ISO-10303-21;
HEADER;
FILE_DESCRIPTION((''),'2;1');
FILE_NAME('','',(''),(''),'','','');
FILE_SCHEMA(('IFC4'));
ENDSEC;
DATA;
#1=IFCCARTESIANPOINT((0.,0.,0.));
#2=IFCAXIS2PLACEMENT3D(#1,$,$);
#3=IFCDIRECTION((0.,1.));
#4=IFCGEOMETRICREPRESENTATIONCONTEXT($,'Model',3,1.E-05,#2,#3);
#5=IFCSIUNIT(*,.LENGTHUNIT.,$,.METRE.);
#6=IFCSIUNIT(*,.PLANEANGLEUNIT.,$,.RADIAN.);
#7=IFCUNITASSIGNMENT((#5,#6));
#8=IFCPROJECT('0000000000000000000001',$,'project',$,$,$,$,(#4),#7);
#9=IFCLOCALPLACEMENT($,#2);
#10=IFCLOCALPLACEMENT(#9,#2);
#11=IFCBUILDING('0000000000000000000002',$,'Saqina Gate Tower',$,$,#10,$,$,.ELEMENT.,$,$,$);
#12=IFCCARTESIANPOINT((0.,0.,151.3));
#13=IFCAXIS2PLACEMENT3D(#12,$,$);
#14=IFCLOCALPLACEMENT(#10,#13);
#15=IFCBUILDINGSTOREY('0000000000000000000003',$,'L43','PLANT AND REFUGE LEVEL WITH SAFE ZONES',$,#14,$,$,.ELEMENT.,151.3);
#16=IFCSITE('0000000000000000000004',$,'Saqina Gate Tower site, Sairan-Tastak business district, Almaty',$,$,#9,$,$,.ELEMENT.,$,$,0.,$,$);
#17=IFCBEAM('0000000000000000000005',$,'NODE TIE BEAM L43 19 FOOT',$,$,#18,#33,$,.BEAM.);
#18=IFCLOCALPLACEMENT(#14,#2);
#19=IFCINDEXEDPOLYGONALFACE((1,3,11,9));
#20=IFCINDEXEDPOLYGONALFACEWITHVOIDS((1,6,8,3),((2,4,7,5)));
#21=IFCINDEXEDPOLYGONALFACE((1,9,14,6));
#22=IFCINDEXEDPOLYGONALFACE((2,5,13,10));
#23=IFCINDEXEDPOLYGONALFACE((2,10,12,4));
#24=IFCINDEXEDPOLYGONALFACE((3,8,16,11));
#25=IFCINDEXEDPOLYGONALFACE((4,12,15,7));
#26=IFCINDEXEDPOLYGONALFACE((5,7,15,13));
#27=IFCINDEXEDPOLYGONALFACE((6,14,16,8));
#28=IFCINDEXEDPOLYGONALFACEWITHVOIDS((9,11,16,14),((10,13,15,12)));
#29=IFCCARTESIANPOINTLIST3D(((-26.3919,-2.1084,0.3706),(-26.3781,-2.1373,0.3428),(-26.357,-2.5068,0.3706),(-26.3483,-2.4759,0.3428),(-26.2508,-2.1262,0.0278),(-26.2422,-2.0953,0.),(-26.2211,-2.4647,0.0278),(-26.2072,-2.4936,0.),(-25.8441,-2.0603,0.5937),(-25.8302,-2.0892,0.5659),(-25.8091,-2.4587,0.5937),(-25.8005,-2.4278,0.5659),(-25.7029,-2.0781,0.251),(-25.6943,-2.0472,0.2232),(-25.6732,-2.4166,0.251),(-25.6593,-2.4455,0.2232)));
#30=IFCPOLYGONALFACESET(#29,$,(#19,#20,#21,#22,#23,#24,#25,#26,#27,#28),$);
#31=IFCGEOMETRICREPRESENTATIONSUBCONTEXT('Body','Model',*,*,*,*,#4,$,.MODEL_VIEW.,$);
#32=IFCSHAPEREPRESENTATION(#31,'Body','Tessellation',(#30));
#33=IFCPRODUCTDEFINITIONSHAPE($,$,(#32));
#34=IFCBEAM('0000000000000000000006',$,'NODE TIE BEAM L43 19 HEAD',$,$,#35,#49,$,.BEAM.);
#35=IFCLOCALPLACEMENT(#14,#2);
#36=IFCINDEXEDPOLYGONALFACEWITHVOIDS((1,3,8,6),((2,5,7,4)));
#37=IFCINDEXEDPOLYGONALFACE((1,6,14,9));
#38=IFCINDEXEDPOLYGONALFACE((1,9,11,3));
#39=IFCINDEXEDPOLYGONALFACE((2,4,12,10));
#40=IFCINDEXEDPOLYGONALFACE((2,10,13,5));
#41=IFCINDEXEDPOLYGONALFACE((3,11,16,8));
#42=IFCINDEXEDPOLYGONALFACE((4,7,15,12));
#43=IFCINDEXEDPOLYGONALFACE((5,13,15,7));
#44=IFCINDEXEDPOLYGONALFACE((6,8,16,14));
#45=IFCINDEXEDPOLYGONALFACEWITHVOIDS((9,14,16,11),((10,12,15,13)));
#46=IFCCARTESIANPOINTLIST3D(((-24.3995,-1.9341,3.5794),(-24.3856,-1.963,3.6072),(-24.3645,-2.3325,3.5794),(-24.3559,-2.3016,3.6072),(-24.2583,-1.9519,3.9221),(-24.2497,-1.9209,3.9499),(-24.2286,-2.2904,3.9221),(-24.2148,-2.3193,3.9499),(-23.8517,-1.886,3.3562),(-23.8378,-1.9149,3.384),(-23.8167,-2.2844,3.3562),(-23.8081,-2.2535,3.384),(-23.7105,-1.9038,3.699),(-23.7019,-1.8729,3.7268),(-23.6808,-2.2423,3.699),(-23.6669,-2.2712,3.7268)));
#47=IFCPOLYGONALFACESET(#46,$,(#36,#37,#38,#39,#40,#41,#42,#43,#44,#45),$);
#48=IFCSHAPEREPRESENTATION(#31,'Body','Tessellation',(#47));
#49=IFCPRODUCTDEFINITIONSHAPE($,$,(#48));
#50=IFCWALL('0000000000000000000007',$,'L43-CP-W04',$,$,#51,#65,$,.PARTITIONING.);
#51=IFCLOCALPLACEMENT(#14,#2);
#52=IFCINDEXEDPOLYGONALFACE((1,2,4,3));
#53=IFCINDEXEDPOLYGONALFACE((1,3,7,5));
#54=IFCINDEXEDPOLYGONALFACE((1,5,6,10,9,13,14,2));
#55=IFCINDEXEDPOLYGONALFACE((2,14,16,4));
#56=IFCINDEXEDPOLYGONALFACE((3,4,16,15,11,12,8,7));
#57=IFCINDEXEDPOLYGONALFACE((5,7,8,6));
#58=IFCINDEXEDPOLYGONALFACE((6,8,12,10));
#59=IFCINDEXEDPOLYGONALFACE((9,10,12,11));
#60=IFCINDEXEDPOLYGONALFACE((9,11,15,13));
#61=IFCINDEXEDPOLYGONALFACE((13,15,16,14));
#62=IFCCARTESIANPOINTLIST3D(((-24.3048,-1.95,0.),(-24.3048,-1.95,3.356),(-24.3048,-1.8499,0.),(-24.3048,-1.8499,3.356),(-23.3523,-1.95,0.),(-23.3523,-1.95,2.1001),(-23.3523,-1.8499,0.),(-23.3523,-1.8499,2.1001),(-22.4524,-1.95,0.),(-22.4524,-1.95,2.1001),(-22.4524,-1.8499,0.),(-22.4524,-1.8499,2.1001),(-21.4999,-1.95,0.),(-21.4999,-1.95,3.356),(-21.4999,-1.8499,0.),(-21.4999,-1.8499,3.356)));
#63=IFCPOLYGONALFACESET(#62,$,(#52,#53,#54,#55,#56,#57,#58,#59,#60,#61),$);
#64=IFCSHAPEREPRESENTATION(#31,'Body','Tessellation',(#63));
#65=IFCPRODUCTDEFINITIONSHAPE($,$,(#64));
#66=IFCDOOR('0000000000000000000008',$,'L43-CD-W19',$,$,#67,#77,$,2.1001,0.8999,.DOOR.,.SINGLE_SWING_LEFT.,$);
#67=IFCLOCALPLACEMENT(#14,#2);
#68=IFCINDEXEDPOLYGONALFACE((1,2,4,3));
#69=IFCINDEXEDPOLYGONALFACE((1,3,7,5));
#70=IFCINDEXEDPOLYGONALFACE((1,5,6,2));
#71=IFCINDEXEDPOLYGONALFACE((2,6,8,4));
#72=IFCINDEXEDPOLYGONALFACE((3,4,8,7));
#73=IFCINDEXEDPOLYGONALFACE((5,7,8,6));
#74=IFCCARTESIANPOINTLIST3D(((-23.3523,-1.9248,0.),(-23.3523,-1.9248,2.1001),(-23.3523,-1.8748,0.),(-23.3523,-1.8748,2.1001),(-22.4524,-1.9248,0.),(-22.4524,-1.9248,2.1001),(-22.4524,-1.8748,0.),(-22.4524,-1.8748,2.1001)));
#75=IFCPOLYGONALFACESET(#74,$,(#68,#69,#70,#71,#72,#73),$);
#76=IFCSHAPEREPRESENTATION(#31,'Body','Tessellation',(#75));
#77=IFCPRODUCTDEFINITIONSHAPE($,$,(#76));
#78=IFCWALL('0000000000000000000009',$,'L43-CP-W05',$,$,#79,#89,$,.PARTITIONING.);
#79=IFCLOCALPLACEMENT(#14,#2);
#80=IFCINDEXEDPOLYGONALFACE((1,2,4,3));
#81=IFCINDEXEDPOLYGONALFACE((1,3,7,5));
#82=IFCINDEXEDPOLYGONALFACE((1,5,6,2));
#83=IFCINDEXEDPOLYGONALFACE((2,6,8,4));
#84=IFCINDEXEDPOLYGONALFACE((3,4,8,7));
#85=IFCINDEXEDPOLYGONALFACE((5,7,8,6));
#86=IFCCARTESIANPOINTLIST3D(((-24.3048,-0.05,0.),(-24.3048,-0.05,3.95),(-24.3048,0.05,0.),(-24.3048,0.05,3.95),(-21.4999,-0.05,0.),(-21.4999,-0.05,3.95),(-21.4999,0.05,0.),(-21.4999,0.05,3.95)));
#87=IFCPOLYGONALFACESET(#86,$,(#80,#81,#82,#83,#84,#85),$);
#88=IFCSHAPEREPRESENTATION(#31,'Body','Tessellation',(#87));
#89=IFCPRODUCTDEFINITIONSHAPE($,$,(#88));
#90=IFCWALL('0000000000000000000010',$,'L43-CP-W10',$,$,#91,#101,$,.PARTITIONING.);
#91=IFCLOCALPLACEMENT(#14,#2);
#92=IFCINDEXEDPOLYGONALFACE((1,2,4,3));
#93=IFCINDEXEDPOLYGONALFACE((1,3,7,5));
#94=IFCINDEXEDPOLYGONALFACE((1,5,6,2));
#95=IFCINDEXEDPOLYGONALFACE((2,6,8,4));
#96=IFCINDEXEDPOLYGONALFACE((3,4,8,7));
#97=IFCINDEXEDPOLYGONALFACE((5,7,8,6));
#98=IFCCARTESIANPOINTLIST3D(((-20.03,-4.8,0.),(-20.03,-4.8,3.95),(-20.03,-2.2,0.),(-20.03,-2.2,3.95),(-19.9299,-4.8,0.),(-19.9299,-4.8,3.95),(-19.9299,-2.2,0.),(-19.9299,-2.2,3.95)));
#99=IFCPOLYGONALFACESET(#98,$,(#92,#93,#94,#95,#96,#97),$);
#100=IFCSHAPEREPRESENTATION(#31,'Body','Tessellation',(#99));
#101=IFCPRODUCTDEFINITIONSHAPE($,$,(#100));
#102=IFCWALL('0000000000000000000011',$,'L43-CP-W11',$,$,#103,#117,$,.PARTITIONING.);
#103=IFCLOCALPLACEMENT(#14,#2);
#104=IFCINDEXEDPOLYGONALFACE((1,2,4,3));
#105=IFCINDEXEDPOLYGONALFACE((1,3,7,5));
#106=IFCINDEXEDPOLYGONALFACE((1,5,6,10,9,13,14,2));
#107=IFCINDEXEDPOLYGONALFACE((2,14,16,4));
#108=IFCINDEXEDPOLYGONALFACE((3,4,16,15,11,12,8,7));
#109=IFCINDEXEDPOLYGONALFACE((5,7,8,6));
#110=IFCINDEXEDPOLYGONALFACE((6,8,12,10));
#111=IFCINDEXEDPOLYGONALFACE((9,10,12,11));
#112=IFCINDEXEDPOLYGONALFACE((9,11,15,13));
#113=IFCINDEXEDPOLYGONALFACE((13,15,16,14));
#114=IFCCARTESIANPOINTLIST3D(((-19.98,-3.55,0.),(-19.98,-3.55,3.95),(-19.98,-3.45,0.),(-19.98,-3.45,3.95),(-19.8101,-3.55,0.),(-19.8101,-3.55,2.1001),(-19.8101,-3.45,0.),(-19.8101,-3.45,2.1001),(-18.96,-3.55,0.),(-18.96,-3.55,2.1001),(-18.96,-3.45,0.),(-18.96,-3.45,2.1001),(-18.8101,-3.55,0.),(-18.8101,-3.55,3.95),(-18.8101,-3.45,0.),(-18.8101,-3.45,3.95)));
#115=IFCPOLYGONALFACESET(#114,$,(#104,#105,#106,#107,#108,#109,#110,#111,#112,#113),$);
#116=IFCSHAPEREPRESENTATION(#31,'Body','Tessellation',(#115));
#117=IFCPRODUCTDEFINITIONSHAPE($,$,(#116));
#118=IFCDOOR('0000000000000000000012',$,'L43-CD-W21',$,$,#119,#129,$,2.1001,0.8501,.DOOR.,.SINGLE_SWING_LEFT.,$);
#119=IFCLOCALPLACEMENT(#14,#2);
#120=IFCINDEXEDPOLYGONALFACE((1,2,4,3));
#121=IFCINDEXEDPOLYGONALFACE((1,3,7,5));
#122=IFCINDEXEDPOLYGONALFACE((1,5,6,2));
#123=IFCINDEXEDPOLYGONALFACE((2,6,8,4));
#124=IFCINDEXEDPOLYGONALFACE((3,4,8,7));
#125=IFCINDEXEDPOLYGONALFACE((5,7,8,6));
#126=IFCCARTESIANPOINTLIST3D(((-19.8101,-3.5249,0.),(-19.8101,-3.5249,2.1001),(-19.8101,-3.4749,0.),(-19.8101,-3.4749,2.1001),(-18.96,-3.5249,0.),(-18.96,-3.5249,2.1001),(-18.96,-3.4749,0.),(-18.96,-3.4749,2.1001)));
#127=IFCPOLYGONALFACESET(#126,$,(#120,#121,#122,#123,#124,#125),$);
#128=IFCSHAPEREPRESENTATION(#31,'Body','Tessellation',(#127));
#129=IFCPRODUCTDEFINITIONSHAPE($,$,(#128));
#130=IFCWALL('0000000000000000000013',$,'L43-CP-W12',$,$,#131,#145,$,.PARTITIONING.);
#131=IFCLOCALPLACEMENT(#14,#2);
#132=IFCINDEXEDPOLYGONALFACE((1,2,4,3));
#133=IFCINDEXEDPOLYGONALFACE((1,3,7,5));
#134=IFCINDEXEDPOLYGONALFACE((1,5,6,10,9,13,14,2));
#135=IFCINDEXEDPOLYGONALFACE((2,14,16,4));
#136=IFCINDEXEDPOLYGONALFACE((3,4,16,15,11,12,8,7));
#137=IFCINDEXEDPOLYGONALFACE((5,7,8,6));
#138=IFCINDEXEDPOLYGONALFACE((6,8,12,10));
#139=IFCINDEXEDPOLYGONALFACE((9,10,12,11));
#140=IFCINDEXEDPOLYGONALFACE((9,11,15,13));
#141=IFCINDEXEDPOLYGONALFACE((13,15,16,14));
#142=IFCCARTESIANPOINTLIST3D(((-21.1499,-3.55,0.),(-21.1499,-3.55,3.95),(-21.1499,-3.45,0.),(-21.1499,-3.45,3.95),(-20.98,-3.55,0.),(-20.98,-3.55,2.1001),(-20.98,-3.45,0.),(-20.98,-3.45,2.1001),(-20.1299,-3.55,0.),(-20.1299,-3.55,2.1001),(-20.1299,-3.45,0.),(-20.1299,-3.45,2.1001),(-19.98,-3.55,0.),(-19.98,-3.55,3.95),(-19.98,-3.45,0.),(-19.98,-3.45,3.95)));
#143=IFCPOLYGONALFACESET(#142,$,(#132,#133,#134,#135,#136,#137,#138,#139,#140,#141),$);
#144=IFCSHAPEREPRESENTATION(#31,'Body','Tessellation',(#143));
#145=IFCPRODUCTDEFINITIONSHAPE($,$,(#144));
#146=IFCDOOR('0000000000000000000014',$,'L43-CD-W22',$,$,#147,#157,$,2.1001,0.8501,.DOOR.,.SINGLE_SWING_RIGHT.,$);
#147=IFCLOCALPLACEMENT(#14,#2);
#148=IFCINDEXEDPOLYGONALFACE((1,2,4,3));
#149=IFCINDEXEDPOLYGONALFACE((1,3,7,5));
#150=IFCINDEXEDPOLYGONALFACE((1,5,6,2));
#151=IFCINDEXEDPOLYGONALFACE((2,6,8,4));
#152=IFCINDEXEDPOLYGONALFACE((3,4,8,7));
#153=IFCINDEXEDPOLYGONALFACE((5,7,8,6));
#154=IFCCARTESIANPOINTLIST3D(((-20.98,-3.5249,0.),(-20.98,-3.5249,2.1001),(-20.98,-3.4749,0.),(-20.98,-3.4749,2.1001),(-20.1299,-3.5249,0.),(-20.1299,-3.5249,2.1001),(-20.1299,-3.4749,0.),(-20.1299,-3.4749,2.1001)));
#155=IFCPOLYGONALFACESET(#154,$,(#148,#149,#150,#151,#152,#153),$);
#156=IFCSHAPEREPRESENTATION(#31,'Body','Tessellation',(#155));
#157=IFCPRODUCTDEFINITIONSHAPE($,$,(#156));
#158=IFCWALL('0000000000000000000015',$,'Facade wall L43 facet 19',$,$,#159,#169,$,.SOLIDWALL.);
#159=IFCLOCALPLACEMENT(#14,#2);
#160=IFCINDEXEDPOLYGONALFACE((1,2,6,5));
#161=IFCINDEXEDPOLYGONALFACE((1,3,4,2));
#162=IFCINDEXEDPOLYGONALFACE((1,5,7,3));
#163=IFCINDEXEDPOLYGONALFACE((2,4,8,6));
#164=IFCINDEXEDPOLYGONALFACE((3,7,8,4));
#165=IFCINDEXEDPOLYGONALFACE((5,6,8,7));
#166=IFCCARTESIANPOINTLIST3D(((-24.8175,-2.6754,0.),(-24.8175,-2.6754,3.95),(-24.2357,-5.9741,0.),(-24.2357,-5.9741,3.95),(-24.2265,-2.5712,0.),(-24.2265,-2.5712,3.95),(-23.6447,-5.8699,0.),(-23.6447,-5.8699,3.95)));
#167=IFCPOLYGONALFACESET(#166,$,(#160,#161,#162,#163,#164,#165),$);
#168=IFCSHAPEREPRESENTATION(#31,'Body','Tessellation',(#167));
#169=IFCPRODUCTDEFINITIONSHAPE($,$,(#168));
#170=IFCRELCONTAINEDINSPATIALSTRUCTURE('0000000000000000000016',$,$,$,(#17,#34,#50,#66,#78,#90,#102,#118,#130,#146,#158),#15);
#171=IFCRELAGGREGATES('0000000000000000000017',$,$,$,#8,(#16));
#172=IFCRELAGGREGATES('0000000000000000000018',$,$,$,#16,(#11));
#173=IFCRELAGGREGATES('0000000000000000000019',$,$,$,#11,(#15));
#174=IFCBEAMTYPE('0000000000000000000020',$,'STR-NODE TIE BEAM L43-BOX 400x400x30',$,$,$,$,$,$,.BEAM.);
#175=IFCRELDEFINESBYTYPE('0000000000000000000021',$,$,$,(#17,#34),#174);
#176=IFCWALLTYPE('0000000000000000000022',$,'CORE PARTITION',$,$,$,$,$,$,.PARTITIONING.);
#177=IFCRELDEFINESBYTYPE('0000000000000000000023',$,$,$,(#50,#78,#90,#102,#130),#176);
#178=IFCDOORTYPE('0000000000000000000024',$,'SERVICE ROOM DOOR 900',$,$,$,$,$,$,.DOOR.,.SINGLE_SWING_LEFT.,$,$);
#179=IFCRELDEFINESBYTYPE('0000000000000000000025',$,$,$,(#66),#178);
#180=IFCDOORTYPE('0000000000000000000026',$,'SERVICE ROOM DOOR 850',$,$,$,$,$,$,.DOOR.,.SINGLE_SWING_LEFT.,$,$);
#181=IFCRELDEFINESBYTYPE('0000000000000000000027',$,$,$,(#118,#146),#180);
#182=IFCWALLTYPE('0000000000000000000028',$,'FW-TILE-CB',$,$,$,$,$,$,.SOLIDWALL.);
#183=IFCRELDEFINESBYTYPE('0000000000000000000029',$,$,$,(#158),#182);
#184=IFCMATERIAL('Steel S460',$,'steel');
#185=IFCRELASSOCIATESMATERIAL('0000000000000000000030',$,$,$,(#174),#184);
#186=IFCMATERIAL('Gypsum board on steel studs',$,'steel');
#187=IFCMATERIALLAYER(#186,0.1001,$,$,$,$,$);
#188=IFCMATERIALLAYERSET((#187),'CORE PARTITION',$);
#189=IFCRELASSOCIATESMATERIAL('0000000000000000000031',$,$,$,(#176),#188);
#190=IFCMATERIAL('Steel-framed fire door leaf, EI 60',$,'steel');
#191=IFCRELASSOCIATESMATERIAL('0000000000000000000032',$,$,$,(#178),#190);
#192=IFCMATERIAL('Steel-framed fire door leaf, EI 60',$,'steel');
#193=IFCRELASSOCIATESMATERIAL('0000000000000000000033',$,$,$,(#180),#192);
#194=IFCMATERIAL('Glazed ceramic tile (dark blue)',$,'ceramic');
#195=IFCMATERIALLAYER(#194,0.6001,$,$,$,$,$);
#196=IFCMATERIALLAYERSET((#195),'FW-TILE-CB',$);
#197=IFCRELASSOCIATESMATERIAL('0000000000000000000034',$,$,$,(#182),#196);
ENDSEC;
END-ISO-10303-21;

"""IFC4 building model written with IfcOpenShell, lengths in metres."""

from ifc_helpers import new_model, si_unit, direction, frame, frame_2d, origin, origin_2d, place, context, subcontext, project, spatial, rectangle, hollow_rectangle, extrude, material, layer, layer_set, material_profile, profile_set, type_object, element, fill, save


model = new_model("IFC4")

# Units and contexts
model_context = context("Model", 3, precision=1e-05, world=origin(), true_north=direction((0.0, 1.0)))
body_context = subcontext(model_context, "Body", "Model", "MODEL_VIEW")
ifc_project = project(units=[si_unit("LENGTHUNIT", "METRE"), si_unit("PLANEANGLEUNIT", "RADIAN")], contexts=[model_context])

# Site, building, storey
site_placement = place(None, origin())
site = spatial("IfcSite", under=ifc_project, at=site_placement, Name="Saqina Gate Tower site, Sairan-Tastak business district, Almaty", CompositionType="ELEMENT", RefElevation=0.0)
building_placement = place(site_placement, origin())
building = spatial("IfcBuilding", under=site, at=building_placement, Name="Saqina Gate Tower", CompositionType="ELEMENT")
storey_placement = place(building_placement, frame((0.0, 0.0, 151.3)))
storey = spatial("IfcBuildingStorey", under=building, at=storey_placement, Name="L43", Description="PLANT AND REFUGE LEVEL WITH SAFE ZONES", CompositionType="ELEMENT", Elevation=151.3)

# Beams
ifc_material_1 = material(Name="Steel S460", Category="steel")
ifc_material_profile_1 = material_profile(ifc_material_1, hollow_rectangle(XDim=0.3999, YDim=0.3999, WallThickness=0.03, at=origin_2d()), Name="BOX 400x400x30")
ifc_profile_set_1 = profile_set([ifc_material_profile_1], Name="Steel S460")
beam_type = type_object("IfcBeamType", Name="STR-NODE TIE BEAM L43-BOX 400x400x30", PredefinedType="BEAM", material=ifc_profile_set_1)
for number, where, z_axis, x_axis, name in (
    (1, (-26.2996, -2.301, 0.1853), (0.923078, 0.081037, 0.375978), (-0.087453, 0.996169, 0.0), "NODE TIE BEAM L43 19 FOOT"),
    (2, (-23.7593, -2.0786, 3.5415), (-0.923078, -0.081037, 0.375978), (0.087453, -0.996169, 0.0), "NODE TIE BEAM L43 19 HEAD"),
):
    element("IfcBeam", number, at=place(storey_placement, frame(where, z_axis=z_axis, x_axis=x_axis)), inside=storey, type_object=beam_type, Name=name, PredefinedType="BEAM", context=body_context, shape_type="SweptSolid", body=[
        extrude(hollow_rectangle(XDim=0.3999, YDim=0.3999, WallThickness=0.03, at=origin_2d()), origin(), (0.0, 0.0, 1.0), 0.5935),
    ])

# Wall, opening, door
ifc_material_2 = material(Name="Gypsum board on steel studs", Category="steel")
ifc_layer_1 = layer(ifc_material_2, 0.1001)
ifc_layer_set_1 = layer_set([ifc_layer_1], Name="CORE PARTITION")
wall_type_1 = type_object("IfcWallType", Name="CORE PARTITION", PredefinedType="PARTITIONING", material=ifc_layer_set_1)
wall_1_placement = place(storey_placement, frame((-21.5, -1.8999, 0.0), z_axis=(0.0, 0.0, 1.0), x_axis=(-1.0, 0.0, 0.0)))
wall_1 = element("IfcWall", 3, at=wall_1_placement, inside=storey, type_object=wall_type_1, Name="L43-CP-W04", PredefinedType="PARTITIONING", context=body_context, shape_type="SweptSolid", body=[
    extrude(rectangle(XDim=2.8049, YDim=0.1001, at=frame_2d((1.4023, 0.0))), origin(), (0.0, 0.0, 1.0), 3.356),
])
opening_1_placement = place(wall_1_placement, frame((0.9524, 0.0, 0.0)))
opening_1 = element("IfcOpeningElement", 4, at=opening_1_placement, cuts=wall_1, PredefinedType="OPENING", context=body_context, shape_type="SweptSolid", body=[
    extrude(rectangle(XDim=0.8999, YDim=2.1001, at=frame_2d((0.45, 1.05))), frame((0.0, 0.062, 0.0), z_axis=(0.0, -1.0, 0.0), x_axis=(1.0, 0.0, 0.0)), (0.0, 0.0, 1.0), 0.124),
])
ifc_material_3 = material(Name="Steel-framed fire door leaf, EI 60", Category="steel")
door_type_1 = type_object("IfcDoorType", Name="SERVICE ROOM DOOR 900", OperationType="SINGLE_SWING_LEFT", PredefinedType="DOOR", material=ifc_material_3)
door_1_placement = place(opening_1_placement, origin())
door_1 = element("IfcDoor", 5, at=door_1_placement, inside=storey, type_object=door_type_1, Name="L43-CD-W19", OperationType="SINGLE_SWING_LEFT", OverallHeight=2.1001, OverallWidth=0.8999, PredefinedType="DOOR", context=body_context, shape_type="SweptSolid", body=[
    extrude(rectangle(XDim=0.8999, YDim=2.1001, at=frame_2d((0.45, 1.05))), frame((0.0, 0.0249, 0.0), z_axis=(0.0, -1.0, 0.0), x_axis=(1.0, 0.0, 0.0)), (0.0, 0.0, 1.0), 0.05),
])
fill(opening_1, door_1)

# Walls
wall_2_placement = place(storey_placement, frame((-21.5, 0.0, 0.0), z_axis=(0.0, 0.0, 1.0), x_axis=(-1.0, 0.0, 0.0)))
element("IfcWall", 6, at=wall_2_placement, inside=storey, type_object=wall_type_1, Name="L43-CP-W05", PredefinedType="PARTITIONING", context=body_context, shape_type="SweptSolid", body=[
    extrude(rectangle(XDim=2.8049, YDim=0.1001, at=frame_2d((1.4023, 0.0))), origin(), (0.0, 0.0, 1.0), 3.95),
])
wall_3_placement = place(storey_placement, frame((-19.98, -4.8, 0.0), z_axis=(0.0, 0.0, 1.0), x_axis=(0.0, 1.0, 0.0)))
element("IfcWall", 7, at=wall_3_placement, inside=storey, type_object=wall_type_1, Name="L43-CP-W10", PredefinedType="PARTITIONING", context=body_context, shape_type="SweptSolid", body=[
    extrude(rectangle(XDim=2.6001, YDim=0.1001, at=frame_2d((1.3, 0.0))), origin(), (0.0, 0.0, 1.0), 3.95),
])

# Walls, openings, doors
wall_4_placement = place(storey_placement, frame((-18.8101, -3.5, 0.0), z_axis=(0.0, 0.0, 1.0), x_axis=(-1.0, 0.0, 0.0)))
wall_4 = element("IfcWall", 8, at=wall_4_placement, inside=storey, type_object=wall_type_1, Name="L43-CP-W11", PredefinedType="PARTITIONING", context=body_context, shape_type="SweptSolid", body=[
    extrude(rectangle(XDim=1.1699, YDim=0.1001, at=frame_2d((0.585, 0.0))), origin(), (0.0, 0.0, 1.0), 3.95),
])
opening_2_placement = place(wall_4_placement, frame((0.1499, 0.0, 0.0)))
opening_2 = element("IfcOpeningElement", 9, at=opening_2_placement, cuts=wall_4, PredefinedType="OPENING", context=body_context, shape_type="SweptSolid", body=[
    extrude(rectangle(XDim=0.8501, YDim=2.1001, at=frame_2d((0.425, 1.05))), frame((0.0, 0.062, 0.0), z_axis=(0.0, -1.0, 0.0), x_axis=(1.0, 0.0, 0.0)), (0.0, 0.0, 1.0), 0.124),
])
ifc_material_4 = material(Name="Steel-framed fire door leaf, EI 60", Category="steel")
door_type_2 = type_object("IfcDoorType", Name="SERVICE ROOM DOOR 850", OperationType="SINGLE_SWING_LEFT", PredefinedType="DOOR", material=ifc_material_4)
door_2_placement = place(opening_2_placement, origin())
door_2 = element("IfcDoor", 10, at=door_2_placement, inside=storey, type_object=door_type_2, Name="L43-CD-W21", OperationType="SINGLE_SWING_LEFT", OverallHeight=2.1001, OverallWidth=0.8501, PredefinedType="DOOR", context=body_context, shape_type="SweptSolid", body=[
    extrude(rectangle(XDim=0.8501, YDim=2.1001, at=frame_2d((0.425, 1.05))), frame((0.0, 0.0249, 0.0), z_axis=(0.0, -1.0, 0.0), x_axis=(1.0, 0.0, 0.0)), (0.0, 0.0, 1.0), 0.05),
])
fill(opening_2, door_2)
wall_5_placement = place(storey_placement, frame((-19.98, -3.5, 0.0), z_axis=(0.0, 0.0, 1.0), x_axis=(-1.0, 0.0, 0.0)))
wall_5 = element("IfcWall", 11, at=wall_5_placement, inside=storey, type_object=wall_type_1, Name="L43-CP-W12", PredefinedType="PARTITIONING", context=body_context, shape_type="SweptSolid", body=[
    extrude(rectangle(XDim=1.1699, YDim=0.1001, at=frame_2d((0.585, 0.0))), origin(), (0.0, 0.0, 1.0), 3.95),
])
opening_3_placement = place(wall_5_placement, frame((0.1499, 0.0, 0.0)))
opening_3 = element("IfcOpeningElement", 12, at=opening_3_placement, cuts=wall_5, PredefinedType="OPENING", context=body_context, shape_type="SweptSolid", body=[
    extrude(rectangle(XDim=0.8501, YDim=2.1001, at=frame_2d((0.425, 1.05))), frame((0.0, 0.062, 0.0), z_axis=(0.0, -1.0, 0.0), x_axis=(1.0, 0.0, 0.0)), (0.0, 0.0, 1.0), 0.124),
])
door_3_placement = place(opening_3_placement, origin())
door_3 = element("IfcDoor", 13, at=door_3_placement, inside=storey, type_object=door_type_2, Name="L43-CD-W22", OperationType="SINGLE_SWING_RIGHT", OverallHeight=2.1001, OverallWidth=0.8501, PredefinedType="DOOR", context=body_context, shape_type="SweptSolid", body=[
    extrude(rectangle(XDim=0.8501, YDim=2.1001, at=frame_2d((0.425, 1.05))), frame((0.0, 0.0249, 0.0), z_axis=(0.0, -1.0, 0.0), x_axis=(1.0, 0.0, 0.0)), (0.0, 0.0, 1.0), 0.05),
])
fill(opening_3, door_3)

# Wall
ifc_material_5 = material(Name="Glazed ceramic tile (dark blue)", Category="ceramic")
ifc_layer_2 = layer(ifc_material_5, 0.6001)
ifc_layer_set_2 = layer_set([ifc_layer_2], Name="FW-TILE-CB")
wall_type_2 = type_object("IfcWallType", Name="FW-TILE-CB", PredefinedType="SOLIDWALL", material=ifc_layer_set_2)
wall_6_placement = place(storey_placement, frame((-24.522, -2.6233, 0.0), z_axis=(0.0, 0.0, 1.0), x_axis=(0.173694, -0.9848, 0.0)))
element("IfcWall", 14, at=wall_6_placement, inside=storey, type_object=wall_type_2, Name="Facade wall L43 facet 19", PredefinedType="SOLIDWALL", context=body_context, shape_type="SweptSolid", body=[
    extrude(rectangle(XDim=3.3496, YDim=0.6001, at=frame_2d((1.6748, 0.0))), origin(), (0.0, 0.0, 1.0), 3.95),
])

save(model, "model.ifc")
